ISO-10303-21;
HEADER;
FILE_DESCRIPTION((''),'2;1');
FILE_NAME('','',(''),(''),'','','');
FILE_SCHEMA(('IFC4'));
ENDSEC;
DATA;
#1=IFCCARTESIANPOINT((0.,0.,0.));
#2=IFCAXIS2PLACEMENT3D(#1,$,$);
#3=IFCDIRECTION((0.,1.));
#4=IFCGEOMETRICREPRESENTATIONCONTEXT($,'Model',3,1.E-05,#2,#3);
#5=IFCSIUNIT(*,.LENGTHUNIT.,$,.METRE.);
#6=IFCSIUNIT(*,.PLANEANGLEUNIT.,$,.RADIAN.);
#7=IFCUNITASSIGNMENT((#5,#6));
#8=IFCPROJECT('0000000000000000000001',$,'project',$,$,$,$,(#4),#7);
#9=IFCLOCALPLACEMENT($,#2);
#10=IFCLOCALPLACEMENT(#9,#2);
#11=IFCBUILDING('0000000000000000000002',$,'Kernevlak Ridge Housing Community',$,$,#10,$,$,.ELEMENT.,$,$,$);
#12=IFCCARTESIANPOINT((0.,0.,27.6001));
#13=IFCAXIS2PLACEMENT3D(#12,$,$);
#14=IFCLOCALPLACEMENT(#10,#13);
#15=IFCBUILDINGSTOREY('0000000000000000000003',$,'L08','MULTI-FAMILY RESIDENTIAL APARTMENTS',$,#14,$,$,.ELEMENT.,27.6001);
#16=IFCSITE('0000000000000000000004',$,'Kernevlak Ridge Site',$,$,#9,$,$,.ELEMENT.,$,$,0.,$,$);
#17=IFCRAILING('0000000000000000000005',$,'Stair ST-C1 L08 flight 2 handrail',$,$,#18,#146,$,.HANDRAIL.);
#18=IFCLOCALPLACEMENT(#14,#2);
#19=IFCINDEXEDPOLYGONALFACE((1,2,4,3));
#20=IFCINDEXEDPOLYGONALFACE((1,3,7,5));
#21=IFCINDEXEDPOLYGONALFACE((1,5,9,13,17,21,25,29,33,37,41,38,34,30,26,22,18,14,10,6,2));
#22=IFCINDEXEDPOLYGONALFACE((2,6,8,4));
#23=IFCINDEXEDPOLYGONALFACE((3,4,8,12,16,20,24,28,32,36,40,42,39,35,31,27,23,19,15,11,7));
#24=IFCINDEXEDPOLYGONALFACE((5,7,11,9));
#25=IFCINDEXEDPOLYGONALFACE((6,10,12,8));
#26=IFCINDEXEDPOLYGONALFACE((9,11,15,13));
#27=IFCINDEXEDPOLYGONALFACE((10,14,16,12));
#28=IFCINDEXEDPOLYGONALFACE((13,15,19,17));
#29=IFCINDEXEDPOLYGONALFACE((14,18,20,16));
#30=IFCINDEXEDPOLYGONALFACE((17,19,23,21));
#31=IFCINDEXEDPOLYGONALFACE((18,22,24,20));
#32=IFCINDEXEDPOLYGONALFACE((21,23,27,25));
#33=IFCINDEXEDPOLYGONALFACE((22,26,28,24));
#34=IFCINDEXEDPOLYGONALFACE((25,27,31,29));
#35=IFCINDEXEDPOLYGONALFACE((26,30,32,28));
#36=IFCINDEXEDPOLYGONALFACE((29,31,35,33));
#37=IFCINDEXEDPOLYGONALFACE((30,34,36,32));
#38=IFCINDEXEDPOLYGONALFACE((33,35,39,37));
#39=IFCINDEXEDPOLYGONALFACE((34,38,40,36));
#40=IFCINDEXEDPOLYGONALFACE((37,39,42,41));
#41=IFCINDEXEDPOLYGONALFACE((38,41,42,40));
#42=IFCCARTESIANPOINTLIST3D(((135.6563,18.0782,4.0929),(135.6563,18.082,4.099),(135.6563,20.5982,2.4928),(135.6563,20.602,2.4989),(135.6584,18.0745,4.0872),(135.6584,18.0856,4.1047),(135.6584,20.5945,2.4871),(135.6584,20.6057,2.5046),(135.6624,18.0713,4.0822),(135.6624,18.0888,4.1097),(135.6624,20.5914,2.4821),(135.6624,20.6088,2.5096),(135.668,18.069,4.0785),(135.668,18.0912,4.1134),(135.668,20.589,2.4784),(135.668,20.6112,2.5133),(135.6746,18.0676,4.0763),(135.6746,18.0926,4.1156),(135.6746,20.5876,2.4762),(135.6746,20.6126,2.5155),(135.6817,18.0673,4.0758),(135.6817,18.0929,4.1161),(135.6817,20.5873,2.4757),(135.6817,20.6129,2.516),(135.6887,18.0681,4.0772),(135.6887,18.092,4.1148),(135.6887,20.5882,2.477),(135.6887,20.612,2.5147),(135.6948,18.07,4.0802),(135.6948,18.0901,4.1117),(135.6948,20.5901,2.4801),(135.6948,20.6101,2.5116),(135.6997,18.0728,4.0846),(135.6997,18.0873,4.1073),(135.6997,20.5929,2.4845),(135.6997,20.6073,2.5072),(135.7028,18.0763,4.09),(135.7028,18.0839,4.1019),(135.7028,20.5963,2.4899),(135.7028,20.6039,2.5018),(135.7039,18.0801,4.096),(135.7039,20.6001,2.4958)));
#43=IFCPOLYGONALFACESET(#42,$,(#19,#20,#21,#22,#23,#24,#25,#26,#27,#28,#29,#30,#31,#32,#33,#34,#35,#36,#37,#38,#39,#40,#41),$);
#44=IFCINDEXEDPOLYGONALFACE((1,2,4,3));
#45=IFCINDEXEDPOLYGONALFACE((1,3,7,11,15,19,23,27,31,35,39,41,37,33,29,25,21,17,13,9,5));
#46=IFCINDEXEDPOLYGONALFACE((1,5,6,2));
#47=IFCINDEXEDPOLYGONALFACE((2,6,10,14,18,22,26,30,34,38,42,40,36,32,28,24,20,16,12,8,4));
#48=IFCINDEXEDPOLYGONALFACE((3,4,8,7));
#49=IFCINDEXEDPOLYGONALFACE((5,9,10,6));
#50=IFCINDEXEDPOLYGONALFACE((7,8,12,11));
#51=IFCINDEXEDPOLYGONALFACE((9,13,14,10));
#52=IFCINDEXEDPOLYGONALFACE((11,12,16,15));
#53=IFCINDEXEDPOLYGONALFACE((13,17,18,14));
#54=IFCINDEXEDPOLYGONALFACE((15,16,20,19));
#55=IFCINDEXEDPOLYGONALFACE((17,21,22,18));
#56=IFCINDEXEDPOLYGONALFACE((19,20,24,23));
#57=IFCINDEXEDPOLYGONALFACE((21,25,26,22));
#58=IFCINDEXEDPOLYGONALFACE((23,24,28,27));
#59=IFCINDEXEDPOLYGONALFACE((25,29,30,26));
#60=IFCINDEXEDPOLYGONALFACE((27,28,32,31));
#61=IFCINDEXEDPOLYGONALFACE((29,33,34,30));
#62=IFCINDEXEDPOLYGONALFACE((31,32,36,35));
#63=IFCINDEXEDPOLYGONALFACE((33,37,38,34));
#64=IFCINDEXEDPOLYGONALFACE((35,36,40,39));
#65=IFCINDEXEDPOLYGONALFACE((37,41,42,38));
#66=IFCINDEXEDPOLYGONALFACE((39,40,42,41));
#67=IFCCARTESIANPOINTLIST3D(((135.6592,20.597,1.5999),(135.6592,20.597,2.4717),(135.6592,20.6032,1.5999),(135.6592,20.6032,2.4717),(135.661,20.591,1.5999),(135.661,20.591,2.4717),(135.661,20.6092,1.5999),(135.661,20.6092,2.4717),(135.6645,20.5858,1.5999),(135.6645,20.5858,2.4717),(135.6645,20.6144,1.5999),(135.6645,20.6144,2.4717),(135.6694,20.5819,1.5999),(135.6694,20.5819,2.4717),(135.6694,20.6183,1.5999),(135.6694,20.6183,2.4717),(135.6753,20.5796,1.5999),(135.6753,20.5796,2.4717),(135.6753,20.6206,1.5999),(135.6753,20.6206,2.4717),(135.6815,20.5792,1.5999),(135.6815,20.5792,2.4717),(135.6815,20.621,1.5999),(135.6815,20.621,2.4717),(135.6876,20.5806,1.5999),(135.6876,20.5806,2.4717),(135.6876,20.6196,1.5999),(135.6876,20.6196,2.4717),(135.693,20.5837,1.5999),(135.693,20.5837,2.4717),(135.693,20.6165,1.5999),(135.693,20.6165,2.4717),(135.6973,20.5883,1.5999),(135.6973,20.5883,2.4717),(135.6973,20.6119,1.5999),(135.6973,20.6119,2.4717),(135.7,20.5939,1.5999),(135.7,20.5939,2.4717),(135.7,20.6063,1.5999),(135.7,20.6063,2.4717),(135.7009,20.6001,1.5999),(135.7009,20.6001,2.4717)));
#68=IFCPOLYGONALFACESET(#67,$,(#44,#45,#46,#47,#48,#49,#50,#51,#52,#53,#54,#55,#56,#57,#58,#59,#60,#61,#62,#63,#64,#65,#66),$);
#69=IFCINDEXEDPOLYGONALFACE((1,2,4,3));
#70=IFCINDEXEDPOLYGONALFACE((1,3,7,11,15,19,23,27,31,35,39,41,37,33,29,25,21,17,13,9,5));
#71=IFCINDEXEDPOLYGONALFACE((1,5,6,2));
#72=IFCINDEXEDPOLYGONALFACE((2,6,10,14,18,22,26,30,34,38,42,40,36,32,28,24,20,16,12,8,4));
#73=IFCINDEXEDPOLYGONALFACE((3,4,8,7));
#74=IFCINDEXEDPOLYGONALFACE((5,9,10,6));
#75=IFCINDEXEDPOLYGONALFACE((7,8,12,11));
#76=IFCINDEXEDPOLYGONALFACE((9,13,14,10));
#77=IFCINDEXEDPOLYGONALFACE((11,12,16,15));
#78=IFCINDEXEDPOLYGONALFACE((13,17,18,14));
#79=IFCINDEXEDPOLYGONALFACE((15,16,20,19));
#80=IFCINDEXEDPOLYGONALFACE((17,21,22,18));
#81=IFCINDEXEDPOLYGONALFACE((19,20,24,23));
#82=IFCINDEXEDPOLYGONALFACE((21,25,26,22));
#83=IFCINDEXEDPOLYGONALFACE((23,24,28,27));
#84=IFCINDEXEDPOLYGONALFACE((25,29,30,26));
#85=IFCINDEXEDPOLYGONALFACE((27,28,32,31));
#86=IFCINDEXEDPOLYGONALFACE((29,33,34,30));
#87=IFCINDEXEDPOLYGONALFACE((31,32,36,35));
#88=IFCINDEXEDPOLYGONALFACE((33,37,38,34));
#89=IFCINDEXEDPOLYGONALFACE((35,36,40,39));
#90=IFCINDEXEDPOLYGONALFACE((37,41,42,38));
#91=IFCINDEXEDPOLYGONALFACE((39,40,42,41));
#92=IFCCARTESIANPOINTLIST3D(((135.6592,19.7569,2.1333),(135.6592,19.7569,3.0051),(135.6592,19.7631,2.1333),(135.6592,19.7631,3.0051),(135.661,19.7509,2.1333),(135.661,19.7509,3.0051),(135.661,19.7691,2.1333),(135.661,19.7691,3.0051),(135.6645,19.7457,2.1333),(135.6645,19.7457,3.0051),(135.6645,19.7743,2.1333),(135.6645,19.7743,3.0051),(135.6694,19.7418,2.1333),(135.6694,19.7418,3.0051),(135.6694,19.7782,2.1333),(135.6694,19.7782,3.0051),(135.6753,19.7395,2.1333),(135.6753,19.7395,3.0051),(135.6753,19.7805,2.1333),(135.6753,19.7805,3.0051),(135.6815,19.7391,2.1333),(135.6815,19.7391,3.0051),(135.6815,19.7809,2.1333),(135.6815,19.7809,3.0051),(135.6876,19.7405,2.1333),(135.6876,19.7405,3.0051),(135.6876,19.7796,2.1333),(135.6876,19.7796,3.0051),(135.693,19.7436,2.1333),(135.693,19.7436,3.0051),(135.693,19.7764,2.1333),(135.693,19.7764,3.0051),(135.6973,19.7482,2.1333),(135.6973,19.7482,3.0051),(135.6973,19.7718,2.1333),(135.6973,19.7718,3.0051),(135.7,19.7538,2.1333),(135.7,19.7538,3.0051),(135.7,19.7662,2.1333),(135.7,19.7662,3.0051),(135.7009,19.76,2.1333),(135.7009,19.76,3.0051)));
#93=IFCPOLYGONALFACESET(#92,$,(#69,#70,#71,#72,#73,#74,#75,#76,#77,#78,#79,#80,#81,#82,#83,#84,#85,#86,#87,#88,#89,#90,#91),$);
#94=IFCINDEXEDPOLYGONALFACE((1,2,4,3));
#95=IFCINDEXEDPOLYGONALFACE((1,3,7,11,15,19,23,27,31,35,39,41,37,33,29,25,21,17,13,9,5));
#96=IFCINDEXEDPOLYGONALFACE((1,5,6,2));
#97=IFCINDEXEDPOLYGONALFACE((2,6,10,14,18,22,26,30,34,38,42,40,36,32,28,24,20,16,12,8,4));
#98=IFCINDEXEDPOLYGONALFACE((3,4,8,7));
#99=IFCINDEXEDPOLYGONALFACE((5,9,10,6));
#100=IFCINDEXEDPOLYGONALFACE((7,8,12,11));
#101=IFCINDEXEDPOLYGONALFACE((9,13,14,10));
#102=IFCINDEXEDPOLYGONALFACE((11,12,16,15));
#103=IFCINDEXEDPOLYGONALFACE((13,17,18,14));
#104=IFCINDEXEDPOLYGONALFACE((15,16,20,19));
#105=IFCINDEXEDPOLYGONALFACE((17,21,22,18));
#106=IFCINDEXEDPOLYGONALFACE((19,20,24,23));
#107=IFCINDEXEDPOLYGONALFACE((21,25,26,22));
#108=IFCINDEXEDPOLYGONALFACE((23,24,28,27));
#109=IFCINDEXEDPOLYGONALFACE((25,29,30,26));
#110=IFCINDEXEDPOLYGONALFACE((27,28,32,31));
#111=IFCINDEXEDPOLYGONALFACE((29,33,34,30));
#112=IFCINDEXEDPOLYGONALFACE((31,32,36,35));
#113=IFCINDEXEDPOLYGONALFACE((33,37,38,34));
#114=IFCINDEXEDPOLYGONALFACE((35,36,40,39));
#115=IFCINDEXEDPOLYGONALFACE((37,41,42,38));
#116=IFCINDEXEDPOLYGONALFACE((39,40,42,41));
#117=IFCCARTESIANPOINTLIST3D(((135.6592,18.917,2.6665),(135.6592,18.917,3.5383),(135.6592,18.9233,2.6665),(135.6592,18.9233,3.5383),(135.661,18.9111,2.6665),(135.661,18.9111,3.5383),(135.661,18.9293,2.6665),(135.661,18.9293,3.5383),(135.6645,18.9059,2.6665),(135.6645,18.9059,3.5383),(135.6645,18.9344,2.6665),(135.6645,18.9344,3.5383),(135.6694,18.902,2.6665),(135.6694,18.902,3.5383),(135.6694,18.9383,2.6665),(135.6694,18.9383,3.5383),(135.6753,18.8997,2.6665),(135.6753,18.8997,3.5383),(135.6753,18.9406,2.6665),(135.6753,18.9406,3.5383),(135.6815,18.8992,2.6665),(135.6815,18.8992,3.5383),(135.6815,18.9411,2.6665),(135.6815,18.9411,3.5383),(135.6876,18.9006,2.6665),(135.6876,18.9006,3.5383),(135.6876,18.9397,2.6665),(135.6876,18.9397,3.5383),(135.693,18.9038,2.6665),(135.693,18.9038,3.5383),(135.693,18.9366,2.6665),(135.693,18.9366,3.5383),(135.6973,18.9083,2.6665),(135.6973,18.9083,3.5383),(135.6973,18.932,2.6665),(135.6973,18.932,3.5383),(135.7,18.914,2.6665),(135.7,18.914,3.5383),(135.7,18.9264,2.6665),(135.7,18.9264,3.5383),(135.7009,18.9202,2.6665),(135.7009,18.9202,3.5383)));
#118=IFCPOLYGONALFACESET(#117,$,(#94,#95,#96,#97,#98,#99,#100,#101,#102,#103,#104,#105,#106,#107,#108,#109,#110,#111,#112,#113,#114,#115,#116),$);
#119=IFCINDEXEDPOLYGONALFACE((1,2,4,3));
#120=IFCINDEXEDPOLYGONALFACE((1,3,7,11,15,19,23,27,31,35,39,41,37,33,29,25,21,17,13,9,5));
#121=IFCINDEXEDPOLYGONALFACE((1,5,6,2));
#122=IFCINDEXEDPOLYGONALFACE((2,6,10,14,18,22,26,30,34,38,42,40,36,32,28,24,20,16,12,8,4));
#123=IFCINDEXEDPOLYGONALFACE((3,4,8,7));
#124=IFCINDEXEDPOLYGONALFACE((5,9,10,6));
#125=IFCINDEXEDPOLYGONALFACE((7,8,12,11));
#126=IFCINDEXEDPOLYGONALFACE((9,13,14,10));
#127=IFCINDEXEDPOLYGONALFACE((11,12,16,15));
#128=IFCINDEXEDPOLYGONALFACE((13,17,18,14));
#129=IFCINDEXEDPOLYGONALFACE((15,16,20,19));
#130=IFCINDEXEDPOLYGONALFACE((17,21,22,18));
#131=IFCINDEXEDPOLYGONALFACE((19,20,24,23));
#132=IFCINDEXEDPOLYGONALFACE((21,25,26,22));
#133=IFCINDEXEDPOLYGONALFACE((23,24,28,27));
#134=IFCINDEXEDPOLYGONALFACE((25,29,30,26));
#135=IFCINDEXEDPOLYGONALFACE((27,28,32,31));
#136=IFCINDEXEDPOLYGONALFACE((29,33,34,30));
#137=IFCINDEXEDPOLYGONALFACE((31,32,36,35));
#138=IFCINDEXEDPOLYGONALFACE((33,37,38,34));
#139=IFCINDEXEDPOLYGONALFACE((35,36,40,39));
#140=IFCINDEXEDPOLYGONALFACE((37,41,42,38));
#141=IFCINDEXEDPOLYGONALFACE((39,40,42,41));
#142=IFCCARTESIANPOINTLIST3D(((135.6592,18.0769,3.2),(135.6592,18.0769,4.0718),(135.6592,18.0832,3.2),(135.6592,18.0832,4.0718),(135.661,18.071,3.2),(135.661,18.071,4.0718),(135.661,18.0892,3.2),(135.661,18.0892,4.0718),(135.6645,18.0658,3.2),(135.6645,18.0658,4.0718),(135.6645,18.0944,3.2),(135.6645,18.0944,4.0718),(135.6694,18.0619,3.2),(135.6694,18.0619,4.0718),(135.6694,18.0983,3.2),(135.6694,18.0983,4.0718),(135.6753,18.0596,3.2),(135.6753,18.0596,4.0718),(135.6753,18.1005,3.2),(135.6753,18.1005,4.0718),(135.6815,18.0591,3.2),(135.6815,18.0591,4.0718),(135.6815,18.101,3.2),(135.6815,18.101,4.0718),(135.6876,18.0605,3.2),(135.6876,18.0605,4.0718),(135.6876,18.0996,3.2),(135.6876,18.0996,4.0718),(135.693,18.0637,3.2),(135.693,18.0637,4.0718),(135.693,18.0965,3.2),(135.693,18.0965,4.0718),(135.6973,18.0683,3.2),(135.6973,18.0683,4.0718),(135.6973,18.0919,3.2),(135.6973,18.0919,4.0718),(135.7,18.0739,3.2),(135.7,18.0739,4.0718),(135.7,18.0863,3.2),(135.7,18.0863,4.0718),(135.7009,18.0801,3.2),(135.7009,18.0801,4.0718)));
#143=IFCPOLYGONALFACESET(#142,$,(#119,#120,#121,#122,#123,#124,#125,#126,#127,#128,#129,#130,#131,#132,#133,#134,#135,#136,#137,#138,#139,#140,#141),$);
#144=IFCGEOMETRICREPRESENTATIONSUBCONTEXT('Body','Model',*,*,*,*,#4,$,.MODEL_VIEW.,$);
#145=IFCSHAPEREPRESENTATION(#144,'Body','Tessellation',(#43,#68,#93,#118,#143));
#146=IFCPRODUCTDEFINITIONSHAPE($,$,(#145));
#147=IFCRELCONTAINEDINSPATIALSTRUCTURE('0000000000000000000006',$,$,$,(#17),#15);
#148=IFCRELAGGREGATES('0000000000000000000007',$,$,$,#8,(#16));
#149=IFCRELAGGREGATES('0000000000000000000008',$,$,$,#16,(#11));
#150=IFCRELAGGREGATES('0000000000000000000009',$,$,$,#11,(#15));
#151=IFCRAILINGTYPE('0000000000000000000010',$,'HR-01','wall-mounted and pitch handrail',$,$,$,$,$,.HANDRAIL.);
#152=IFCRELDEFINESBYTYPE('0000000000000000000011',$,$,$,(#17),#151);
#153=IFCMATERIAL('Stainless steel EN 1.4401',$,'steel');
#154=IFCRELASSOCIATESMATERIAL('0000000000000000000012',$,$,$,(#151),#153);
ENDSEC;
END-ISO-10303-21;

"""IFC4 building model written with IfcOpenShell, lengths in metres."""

from ifc_helpers import new_model, si_unit, direction, frame, origin, origin_2d, place, context, subcontext, project, spatial, circle, extrude, material, type_object, element, save


model = new_model("IFC4")

# Units and contexts
model_context = context("Model", 3, precision=1e-05, world=origin(), true_north=direction((0.0, 1.0)))
body_context = subcontext(model_context, "Body", "Model", "MODEL_VIEW")
ifc_project = project(units=[si_unit("LENGTHUNIT", "METRE"), si_unit("PLANEANGLEUNIT", "RADIAN")], contexts=[model_context])

# Site, building, storey
site_placement = place(None, origin())
site = spatial("IfcSite", under=ifc_project, at=site_placement, Name="Kernevlak Ridge Site", CompositionType="ELEMENT", RefElevation=0.0)
building_placement = place(site_placement, origin())
building = spatial("IfcBuilding", under=site, at=building_placement, Name="Kernevlak Ridge Housing Community", CompositionType="ELEMENT")
storey_placement = place(building_placement, frame((0.0, 0.0, 27.6001)))
storey = spatial("IfcBuildingStorey", under=building, at=storey_placement, Name="L08", Description="MULTI-FAMILY RESIDENTIAL APARTMENTS", CompositionType="ELEMENT", Elevation=27.6001)

# Shared definitions
ifc_material_1 = material(Name="Stainless steel EN 1.4401", Category="steel")

# Railing
railing_type_1 = type_object("IfcRailingType", Name="HR-01", Description="wall-mounted and pitch handrail", PredefinedType="HANDRAIL", material=ifc_material_1)
railing_1_placement = place(storey_placement, frame((135.6799, 20.6001, 1.5999)))
element("IfcRailing", 1, at=railing_1_placement, inside=storey, type_object=railing_type_1, Name="Stair ST-C1 L08 flight 2 handrail", PredefinedType="HANDRAIL", context=body_context, shape_type="SweptSolid", body=[
    extrude(circle(Radius=0.0239, at=origin_2d()), frame((0.0, 0.0, 0.896), z_axis=(0.0, -0.8442, 0.536028), x_axis=(1.0, 0.0, 0.0)), (0.0, 0.0, 1.0), 2.9851),
    extrude(circle(Radius=0.021, at=origin_2d()), origin(), (0.0, 0.0, 1.0), 0.8718),
    extrude(circle(Radius=0.021, at=origin_2d()), frame((0.0, -0.8401, 0.5334)), (0.0, 0.0, 1.0), 0.8718),
    extrude(circle(Radius=0.021, at=origin_2d()), frame((0.0, -1.6799, 1.0667)), (0.0, 0.0, 1.0), 0.8718),
    extrude(circle(Radius=0.021, at=origin_2d()), frame((0.0, -2.52, 1.6001)), (0.0, 0.0, 1.0), 0.8718),
])

save(model, "model.ifc")
